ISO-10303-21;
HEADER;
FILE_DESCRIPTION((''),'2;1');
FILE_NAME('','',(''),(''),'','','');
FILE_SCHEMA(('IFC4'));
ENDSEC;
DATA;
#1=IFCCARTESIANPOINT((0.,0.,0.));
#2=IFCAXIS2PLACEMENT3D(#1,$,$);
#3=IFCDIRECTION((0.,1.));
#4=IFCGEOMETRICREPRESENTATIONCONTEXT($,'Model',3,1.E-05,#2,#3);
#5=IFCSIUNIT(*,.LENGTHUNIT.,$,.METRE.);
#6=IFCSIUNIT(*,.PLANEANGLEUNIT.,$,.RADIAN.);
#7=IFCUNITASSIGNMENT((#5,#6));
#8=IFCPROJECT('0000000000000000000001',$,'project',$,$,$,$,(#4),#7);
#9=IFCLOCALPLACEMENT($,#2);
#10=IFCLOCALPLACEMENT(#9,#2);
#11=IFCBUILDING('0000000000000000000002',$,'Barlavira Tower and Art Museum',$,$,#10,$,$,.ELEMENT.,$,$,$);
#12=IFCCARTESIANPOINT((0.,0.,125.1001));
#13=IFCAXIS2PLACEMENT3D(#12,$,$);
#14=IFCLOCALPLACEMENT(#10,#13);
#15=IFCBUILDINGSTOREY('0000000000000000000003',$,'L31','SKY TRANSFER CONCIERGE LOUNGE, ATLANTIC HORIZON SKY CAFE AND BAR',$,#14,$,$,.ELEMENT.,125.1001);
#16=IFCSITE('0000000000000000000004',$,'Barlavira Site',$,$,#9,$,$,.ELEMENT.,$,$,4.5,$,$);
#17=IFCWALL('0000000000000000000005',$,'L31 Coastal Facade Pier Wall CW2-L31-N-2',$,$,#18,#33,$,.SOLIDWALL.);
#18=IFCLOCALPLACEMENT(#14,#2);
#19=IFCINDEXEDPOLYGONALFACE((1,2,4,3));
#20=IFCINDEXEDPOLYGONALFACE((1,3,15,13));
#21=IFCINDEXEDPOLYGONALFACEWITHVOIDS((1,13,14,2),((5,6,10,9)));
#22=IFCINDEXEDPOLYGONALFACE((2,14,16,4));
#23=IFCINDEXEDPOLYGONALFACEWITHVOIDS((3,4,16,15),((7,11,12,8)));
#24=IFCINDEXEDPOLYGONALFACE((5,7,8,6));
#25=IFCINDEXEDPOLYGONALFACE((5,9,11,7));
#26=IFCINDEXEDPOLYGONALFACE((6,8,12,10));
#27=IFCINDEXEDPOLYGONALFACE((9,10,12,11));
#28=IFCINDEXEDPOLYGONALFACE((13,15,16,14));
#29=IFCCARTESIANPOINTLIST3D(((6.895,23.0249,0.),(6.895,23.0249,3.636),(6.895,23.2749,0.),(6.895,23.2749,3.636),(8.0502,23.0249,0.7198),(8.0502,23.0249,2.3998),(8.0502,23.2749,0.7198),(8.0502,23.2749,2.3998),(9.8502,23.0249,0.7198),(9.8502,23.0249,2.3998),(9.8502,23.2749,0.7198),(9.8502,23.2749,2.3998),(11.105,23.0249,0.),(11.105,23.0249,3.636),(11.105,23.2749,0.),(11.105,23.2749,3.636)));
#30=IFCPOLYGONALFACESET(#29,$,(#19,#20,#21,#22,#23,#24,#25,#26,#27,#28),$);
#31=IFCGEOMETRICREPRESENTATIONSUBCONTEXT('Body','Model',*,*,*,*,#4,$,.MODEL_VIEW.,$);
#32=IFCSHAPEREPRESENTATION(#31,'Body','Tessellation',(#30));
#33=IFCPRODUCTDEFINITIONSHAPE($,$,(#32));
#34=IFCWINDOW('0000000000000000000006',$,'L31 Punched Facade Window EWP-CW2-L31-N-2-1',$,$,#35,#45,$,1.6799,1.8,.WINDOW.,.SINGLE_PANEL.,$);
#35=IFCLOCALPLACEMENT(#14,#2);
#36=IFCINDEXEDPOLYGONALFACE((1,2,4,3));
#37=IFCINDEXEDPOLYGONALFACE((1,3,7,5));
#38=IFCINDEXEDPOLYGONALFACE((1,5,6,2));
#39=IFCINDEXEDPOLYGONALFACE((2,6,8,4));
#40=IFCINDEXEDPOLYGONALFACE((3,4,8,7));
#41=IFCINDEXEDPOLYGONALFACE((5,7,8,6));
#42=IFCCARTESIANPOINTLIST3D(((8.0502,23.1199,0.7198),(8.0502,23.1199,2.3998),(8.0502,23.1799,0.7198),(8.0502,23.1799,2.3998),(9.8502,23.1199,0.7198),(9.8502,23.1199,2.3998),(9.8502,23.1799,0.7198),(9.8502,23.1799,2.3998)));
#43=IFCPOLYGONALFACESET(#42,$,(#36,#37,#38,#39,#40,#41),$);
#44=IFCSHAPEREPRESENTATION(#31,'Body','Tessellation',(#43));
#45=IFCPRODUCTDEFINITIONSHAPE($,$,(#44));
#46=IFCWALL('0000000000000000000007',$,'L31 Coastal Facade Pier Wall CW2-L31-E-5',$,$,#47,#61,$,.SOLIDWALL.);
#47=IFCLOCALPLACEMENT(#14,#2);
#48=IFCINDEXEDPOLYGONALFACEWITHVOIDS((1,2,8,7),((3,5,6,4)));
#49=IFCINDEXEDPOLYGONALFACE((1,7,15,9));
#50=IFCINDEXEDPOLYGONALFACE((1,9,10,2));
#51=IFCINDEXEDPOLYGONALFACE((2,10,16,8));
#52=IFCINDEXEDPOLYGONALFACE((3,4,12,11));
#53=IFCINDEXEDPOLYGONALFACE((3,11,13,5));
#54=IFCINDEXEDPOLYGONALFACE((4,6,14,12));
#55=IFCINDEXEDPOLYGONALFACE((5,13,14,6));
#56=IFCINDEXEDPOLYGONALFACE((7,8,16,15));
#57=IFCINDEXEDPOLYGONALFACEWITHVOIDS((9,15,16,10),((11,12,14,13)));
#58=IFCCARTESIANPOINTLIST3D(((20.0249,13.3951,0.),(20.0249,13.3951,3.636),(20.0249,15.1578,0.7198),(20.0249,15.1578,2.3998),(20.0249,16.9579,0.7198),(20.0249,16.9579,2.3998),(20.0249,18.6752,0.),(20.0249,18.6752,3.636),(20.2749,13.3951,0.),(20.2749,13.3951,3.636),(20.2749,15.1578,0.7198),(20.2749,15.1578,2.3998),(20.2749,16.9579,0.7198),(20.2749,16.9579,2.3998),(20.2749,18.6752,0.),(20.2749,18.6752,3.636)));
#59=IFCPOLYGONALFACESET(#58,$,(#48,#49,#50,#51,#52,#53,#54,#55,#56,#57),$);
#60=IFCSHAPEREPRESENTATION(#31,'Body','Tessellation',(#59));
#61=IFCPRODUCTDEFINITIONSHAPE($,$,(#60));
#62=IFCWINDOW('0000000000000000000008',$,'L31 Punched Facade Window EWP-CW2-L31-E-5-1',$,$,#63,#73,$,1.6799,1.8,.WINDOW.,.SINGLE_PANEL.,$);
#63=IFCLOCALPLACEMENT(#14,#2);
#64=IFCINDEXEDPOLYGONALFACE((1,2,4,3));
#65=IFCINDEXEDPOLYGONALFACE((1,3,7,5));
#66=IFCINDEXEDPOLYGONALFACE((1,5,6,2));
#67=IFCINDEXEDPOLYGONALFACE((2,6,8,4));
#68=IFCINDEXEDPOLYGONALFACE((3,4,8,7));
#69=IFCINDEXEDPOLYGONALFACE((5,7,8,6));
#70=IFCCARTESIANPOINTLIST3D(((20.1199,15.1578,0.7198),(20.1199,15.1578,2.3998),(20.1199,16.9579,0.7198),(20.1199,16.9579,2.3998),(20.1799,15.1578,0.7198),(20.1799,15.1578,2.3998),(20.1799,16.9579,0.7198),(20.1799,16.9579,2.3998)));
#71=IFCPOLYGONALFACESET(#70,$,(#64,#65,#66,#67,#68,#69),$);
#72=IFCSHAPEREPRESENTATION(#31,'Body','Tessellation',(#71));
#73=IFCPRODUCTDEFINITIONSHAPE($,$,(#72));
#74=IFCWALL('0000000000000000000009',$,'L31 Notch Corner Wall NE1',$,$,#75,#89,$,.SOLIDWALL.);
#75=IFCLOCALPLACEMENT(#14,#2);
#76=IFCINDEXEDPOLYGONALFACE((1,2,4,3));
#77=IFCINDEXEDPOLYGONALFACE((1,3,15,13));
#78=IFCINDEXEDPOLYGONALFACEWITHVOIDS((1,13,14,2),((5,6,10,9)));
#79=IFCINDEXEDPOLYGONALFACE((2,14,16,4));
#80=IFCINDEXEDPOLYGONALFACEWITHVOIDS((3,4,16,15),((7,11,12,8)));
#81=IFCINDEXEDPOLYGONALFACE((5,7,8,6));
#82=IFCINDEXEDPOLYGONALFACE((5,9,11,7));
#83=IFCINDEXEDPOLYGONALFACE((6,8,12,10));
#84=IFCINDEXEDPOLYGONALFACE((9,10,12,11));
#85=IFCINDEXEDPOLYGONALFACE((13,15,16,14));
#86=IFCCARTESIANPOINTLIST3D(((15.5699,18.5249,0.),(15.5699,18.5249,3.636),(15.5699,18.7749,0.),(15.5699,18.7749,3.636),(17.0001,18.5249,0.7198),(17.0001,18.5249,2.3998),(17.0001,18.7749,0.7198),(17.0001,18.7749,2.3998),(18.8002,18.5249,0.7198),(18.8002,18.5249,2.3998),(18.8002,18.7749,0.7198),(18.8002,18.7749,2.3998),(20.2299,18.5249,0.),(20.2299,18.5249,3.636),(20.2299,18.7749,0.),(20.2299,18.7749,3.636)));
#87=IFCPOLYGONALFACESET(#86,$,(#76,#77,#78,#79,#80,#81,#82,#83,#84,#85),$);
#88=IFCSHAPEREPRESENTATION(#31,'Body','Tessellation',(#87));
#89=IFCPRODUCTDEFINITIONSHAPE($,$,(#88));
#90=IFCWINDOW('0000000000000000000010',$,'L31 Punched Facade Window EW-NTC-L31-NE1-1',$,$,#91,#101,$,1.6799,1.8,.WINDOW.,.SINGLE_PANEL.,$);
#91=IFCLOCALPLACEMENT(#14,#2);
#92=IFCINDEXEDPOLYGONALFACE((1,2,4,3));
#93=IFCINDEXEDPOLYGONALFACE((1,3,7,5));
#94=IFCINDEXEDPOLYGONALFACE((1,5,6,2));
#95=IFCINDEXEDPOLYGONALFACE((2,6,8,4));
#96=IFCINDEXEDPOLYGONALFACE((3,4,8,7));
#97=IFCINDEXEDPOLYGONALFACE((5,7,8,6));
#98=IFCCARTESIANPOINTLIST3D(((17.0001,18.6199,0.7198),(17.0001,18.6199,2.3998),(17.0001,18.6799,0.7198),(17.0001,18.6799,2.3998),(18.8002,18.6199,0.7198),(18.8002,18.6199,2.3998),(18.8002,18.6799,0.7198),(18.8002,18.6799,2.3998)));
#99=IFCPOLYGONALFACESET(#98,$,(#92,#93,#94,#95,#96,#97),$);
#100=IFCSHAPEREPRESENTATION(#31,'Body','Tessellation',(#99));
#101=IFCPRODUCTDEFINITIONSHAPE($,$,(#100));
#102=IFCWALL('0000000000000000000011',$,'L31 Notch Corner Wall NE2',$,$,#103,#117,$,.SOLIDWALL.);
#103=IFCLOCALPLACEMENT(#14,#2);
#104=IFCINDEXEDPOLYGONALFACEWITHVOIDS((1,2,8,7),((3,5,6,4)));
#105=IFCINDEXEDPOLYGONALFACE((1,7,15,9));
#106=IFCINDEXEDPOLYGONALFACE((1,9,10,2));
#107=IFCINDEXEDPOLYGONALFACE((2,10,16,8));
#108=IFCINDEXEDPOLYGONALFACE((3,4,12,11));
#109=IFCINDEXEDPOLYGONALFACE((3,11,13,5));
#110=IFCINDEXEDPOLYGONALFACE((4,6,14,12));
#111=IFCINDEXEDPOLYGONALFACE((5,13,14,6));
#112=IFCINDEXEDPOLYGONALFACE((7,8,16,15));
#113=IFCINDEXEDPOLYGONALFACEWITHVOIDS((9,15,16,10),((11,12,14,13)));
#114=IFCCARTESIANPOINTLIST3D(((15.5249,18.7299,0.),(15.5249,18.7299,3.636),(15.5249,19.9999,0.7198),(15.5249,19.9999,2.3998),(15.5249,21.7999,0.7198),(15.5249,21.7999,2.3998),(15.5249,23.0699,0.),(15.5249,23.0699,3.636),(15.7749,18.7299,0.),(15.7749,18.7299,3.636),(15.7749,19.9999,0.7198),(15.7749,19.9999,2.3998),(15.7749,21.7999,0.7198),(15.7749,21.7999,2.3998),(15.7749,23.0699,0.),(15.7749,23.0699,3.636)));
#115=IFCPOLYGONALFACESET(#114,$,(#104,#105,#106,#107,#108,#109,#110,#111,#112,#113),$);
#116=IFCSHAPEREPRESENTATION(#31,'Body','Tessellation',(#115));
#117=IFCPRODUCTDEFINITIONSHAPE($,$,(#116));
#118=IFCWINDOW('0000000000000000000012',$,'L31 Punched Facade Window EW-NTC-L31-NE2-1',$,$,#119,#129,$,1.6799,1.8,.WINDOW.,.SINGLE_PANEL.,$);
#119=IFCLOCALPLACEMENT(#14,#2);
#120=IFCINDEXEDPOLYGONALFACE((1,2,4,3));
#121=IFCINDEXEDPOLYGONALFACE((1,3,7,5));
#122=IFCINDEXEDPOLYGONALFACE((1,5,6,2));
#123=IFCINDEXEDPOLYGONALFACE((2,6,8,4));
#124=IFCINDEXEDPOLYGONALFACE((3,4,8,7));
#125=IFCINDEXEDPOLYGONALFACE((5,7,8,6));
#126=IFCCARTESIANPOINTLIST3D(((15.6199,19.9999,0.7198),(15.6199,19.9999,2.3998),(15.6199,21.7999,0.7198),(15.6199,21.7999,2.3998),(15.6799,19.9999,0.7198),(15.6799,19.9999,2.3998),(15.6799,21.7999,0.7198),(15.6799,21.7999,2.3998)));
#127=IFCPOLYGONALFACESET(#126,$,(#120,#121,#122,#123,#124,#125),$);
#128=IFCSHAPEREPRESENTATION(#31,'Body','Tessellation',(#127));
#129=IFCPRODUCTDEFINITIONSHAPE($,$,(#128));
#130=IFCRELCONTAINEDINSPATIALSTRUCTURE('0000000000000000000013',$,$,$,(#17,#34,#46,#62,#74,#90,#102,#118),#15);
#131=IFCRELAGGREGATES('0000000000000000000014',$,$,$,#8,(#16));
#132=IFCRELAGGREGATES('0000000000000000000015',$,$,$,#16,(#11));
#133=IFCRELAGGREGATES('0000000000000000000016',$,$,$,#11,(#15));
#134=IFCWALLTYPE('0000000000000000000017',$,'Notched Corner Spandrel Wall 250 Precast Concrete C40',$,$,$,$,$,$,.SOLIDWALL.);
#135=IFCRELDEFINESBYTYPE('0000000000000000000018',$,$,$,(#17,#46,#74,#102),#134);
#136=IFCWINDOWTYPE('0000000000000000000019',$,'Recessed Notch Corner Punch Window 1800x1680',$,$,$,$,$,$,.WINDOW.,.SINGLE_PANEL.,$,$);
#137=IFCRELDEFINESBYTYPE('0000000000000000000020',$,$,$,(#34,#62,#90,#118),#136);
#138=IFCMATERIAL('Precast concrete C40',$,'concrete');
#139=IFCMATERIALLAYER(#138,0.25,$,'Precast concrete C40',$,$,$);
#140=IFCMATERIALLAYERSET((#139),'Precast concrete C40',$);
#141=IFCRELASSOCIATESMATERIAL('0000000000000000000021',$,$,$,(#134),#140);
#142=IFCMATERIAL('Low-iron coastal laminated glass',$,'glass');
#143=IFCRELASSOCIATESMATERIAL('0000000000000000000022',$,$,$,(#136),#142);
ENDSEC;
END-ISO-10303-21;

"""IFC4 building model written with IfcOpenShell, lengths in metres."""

from ifc_helpers import new_model, si_unit, direction, frame, frame_2d, origin, place, context, subcontext, project, spatial, rectangle, extrude, material, layer, layer_set, type_object, element, fill, save


model = new_model("IFC4")

# Units and contexts
model_context = context("Model", 3, precision=1e-05, world=origin(), true_north=direction((0.0, 1.0)))
body_context = subcontext(model_context, "Body", "Model", "MODEL_VIEW")
ifc_project = project(units=[si_unit("LENGTHUNIT", "METRE"), si_unit("PLANEANGLEUNIT", "RADIAN")], contexts=[model_context])

# Site, building, storey
site_placement = place(None, origin())
site = spatial("IfcSite", under=ifc_project, at=site_placement, Name="Barlavira Site", CompositionType="ELEMENT", RefElevation=4.5)
building_placement = place(site_placement, origin())
building = spatial("IfcBuilding", under=site, at=building_placement, Name="Barlavira Tower and Art Museum", CompositionType="ELEMENT")
storey_placement = place(building_placement, frame((0.0, 0.0, 125.1001)))
storey = spatial("IfcBuildingStorey", under=building, at=storey_placement, Name="L31", Description="SKY TRANSFER CONCIERGE LOUNGE, ATLANTIC HORIZON SKY CAFE AND BAR", CompositionType="ELEMENT", Elevation=125.1001)

# Walls, openings, windows
ifc_material_1 = material(Name="Precast concrete C40", Category="concrete")
ifc_layer_1 = layer(ifc_material_1, 0.25, Name="Precast concrete C40")
ifc_layer_set_1 = layer_set([ifc_layer_1], Name="Precast concrete C40")
wall_type_1 = type_object("IfcWallType", Name="Notched Corner Spandrel Wall 250 Precast Concrete C40", PredefinedType="SOLIDWALL", material=ifc_layer_set_1)
ifc_material_2 = material(Name="Low-iron coastal laminated glass", Category="glass")
window_type = type_object("IfcWindowType", Name="Recessed Notch Corner Punch Window 1800x1680", PartitioningType="SINGLE_PANEL", PredefinedType="WINDOW", material=ifc_material_2)
wall_1_placement = place(storey_placement, frame((11.105, 23.1499, 0.0), z_axis=(0.0, 0.0, 1.0), x_axis=(-1.0, 0.0, 0.0)))
wall_1 = element("IfcWall", 1, at=wall_1_placement, inside=storey, type_object=wall_type_1, Name="L31 Coastal Facade Pier Wall CW2-L31-N-2", PredefinedType="SOLIDWALL", context=body_context, shape_type="SweptSolid", body=[
    extrude(rectangle(XDim=4.21, YDim=0.25, at=frame_2d((2.105, 0.0))), origin(), (0.0, 0.0, 1.0), 3.636),
])
opening_1_placement = place(wall_1_placement, frame((1.2549, 0.0, 0.72)))
opening_1 = element("IfcOpeningElement", 2, at=opening_1_placement, cuts=wall_1, PredefinedType="OPENING", context=body_context, shape_type="SweptSolid", body=[
    extrude(rectangle(XDim=1.8, YDim=1.6799, at=frame_2d((0.8999, 0.8398))), frame((0.0, 0.135, 0.0), z_axis=(0.0, -1.0, 0.0), x_axis=(1.0, 0.0, 0.0)), (0.0, 0.0, 1.0), 0.27),
])
window_1_placement = place(opening_1_placement, origin())
window_1 = element("IfcWindow", 3, at=window_1_placement, inside=storey, type_object=window_type, Name="L31 Punched Facade Window EWP-CW2-L31-N-2-1", OverallHeight=1.6799, OverallWidth=1.8, PartitioningType="SINGLE_PANEL", PredefinedType="WINDOW", context=body_context, shape_type="SweptSolid", body=[
    extrude(rectangle(XDim=1.8, YDim=1.6799, at=frame_2d((0.8999, 0.8398))), frame((0.0, 0.03, 0.0), z_axis=(0.0, -1.0, 0.0), x_axis=(1.0, 0.0, 0.0)), (0.0, 0.0, 1.0), 0.0601),
])
fill(opening_1, window_1)
wall_2_placement = place(storey_placement, frame((20.1499, 13.395, 0.0), z_axis=(0.0, 0.0, 1.0), x_axis=(0.0, 1.0, 0.0)))
wall_2 = element("IfcWall", 4, at=wall_2_placement, inside=storey, type_object=wall_type_1, Name="L31 Coastal Facade Pier Wall CW2-L31-E-5", PredefinedType="SOLIDWALL", context=body_context, shape_type="SweptSolid", body=[
    extrude(rectangle(XDim=5.28, YDim=0.25, at=frame_2d((2.6401, 0.0))), origin(), (0.0, 0.0, 1.0), 3.636),
])
opening_2_placement = place(wall_2_placement, frame((1.7629, 0.0, 0.72)))
opening_2 = element("IfcOpeningElement", 5, at=opening_2_placement, cuts=wall_2, PredefinedType="OPENING", context=body_context, shape_type="SweptSolid", body=[
    extrude(rectangle(XDim=1.8, YDim=1.6799, at=frame_2d((0.8999, 0.8398))), frame((0.0, 0.135, 0.0), z_axis=(0.0, -1.0, 0.0), x_axis=(1.0, 0.0, 0.0)), (0.0, 0.0, 1.0), 0.27),
])
window_2_placement = place(opening_2_placement, origin())
window_2 = element("IfcWindow", 6, at=window_2_placement, inside=storey, type_object=window_type, Name="L31 Punched Facade Window EWP-CW2-L31-E-5-1", OverallHeight=1.6799, OverallWidth=1.8, PartitioningType="SINGLE_PANEL", PredefinedType="WINDOW", context=body_context, shape_type="SweptSolid", body=[
    extrude(rectangle(XDim=1.8, YDim=1.6799, at=frame_2d((0.8999, 0.8398))), frame((0.0, 0.03, 0.0), z_axis=(0.0, -1.0, 0.0), x_axis=(1.0, 0.0, 0.0)), (0.0, 0.0, 1.0), 0.0601),
])
fill(opening_2, window_2)
wall_3_placement = place(storey_placement, frame((20.23, 18.6499, 0.0), z_axis=(0.0, 0.0, 1.0), x_axis=(-1.0, 0.0, 0.0)))
wall_3 = element("IfcWall", 7, at=wall_3_placement, inside=storey, type_object=wall_type_1, Name="L31 Notch Corner Wall NE1", PredefinedType="SOLIDWALL", context=body_context, shape_type="SweptSolid", body=[
    extrude(rectangle(XDim=4.6599, YDim=0.25, at=frame_2d((2.3301, 0.0))), origin(), (0.0, 0.0, 1.0), 3.636),
])
opening_3_placement = place(wall_3_placement, frame((1.4299, 0.0, 0.72)))
opening_3 = element("IfcOpeningElement", 8, at=opening_3_placement, cuts=wall_3, PredefinedType="OPENING", context=body_context, shape_type="SweptSolid", body=[
    extrude(rectangle(XDim=1.8, YDim=1.6799, at=frame_2d((0.8999, 0.8398))), frame((0.0, 0.135, 0.0), z_axis=(0.0, -1.0, 0.0), x_axis=(1.0, 0.0, 0.0)), (0.0, 0.0, 1.0), 0.27),
])
window_3_placement = place(opening_3_placement, origin())
window_3 = element("IfcWindow", 9, at=window_3_placement, inside=storey, type_object=window_type, Name="L31 Punched Facade Window EW-NTC-L31-NE1-1", OverallHeight=1.6799, OverallWidth=1.8, PartitioningType="SINGLE_PANEL", PredefinedType="WINDOW", context=body_context, shape_type="SweptSolid", body=[
    extrude(rectangle(XDim=1.8, YDim=1.6799, at=frame_2d((0.8999, 0.8398))), frame((0.0, 0.03, 0.0), z_axis=(0.0, -1.0, 0.0), x_axis=(1.0, 0.0, 0.0)), (0.0, 0.0, 1.0), 0.0601),
])
fill(opening_3, window_3)
wall_4_placement = place(storey_placement, frame((15.6499, 18.73, 0.0), z_axis=(0.0, 0.0, 1.0), x_axis=(0.0, 1.0, 0.0)))
wall_4 = element("IfcWall", 10, at=wall_4_placement, inside=storey, type_object=wall_type_1, Name="L31 Notch Corner Wall NE2", PredefinedType="SOLIDWALL", context=body_context, shape_type="SweptSolid", body=[
    extrude(rectangle(XDim=4.3401, YDim=0.25, at=frame_2d((2.1699, 0.0))), origin(), (0.0, 0.0, 1.0), 3.636),
])
opening_4_placement = place(wall_4_placement, frame((1.27, 0.0, 0.72)))
opening_4 = element("IfcOpeningElement", 11, at=opening_4_placement, cuts=wall_4, PredefinedType="OPENING", context=body_context, shape_type="SweptSolid", body=[
    extrude(rectangle(XDim=1.8, YDim=1.6799, at=frame_2d((0.8999, 0.8398))), frame((0.0, 0.135, 0.0), z_axis=(0.0, -1.0, 0.0), x_axis=(1.0, 0.0, 0.0)), (0.0, 0.0, 1.0), 0.27),
])
window_4_placement = place(opening_4_placement, origin())
window_4 = element("IfcWindow", 12, at=window_4_placement, inside=storey, type_object=window_type, Name="L31 Punched Facade Window EW-NTC-L31-NE2-1", OverallHeight=1.6799, OverallWidth=1.8, PartitioningType="SINGLE_PANEL", PredefinedType="WINDOW", context=body_context, shape_type="SweptSolid", body=[
    extrude(rectangle(XDim=1.8, YDim=1.6799, at=frame_2d((0.8999, 0.8398))), frame((0.0, 0.03, 0.0), z_axis=(0.0, -1.0, 0.0), x_axis=(1.0, 0.0, 0.0)), (0.0, 0.0, 1.0), 0.0601),
])
fill(opening_4, window_4)

save(model, "model.ifc")
